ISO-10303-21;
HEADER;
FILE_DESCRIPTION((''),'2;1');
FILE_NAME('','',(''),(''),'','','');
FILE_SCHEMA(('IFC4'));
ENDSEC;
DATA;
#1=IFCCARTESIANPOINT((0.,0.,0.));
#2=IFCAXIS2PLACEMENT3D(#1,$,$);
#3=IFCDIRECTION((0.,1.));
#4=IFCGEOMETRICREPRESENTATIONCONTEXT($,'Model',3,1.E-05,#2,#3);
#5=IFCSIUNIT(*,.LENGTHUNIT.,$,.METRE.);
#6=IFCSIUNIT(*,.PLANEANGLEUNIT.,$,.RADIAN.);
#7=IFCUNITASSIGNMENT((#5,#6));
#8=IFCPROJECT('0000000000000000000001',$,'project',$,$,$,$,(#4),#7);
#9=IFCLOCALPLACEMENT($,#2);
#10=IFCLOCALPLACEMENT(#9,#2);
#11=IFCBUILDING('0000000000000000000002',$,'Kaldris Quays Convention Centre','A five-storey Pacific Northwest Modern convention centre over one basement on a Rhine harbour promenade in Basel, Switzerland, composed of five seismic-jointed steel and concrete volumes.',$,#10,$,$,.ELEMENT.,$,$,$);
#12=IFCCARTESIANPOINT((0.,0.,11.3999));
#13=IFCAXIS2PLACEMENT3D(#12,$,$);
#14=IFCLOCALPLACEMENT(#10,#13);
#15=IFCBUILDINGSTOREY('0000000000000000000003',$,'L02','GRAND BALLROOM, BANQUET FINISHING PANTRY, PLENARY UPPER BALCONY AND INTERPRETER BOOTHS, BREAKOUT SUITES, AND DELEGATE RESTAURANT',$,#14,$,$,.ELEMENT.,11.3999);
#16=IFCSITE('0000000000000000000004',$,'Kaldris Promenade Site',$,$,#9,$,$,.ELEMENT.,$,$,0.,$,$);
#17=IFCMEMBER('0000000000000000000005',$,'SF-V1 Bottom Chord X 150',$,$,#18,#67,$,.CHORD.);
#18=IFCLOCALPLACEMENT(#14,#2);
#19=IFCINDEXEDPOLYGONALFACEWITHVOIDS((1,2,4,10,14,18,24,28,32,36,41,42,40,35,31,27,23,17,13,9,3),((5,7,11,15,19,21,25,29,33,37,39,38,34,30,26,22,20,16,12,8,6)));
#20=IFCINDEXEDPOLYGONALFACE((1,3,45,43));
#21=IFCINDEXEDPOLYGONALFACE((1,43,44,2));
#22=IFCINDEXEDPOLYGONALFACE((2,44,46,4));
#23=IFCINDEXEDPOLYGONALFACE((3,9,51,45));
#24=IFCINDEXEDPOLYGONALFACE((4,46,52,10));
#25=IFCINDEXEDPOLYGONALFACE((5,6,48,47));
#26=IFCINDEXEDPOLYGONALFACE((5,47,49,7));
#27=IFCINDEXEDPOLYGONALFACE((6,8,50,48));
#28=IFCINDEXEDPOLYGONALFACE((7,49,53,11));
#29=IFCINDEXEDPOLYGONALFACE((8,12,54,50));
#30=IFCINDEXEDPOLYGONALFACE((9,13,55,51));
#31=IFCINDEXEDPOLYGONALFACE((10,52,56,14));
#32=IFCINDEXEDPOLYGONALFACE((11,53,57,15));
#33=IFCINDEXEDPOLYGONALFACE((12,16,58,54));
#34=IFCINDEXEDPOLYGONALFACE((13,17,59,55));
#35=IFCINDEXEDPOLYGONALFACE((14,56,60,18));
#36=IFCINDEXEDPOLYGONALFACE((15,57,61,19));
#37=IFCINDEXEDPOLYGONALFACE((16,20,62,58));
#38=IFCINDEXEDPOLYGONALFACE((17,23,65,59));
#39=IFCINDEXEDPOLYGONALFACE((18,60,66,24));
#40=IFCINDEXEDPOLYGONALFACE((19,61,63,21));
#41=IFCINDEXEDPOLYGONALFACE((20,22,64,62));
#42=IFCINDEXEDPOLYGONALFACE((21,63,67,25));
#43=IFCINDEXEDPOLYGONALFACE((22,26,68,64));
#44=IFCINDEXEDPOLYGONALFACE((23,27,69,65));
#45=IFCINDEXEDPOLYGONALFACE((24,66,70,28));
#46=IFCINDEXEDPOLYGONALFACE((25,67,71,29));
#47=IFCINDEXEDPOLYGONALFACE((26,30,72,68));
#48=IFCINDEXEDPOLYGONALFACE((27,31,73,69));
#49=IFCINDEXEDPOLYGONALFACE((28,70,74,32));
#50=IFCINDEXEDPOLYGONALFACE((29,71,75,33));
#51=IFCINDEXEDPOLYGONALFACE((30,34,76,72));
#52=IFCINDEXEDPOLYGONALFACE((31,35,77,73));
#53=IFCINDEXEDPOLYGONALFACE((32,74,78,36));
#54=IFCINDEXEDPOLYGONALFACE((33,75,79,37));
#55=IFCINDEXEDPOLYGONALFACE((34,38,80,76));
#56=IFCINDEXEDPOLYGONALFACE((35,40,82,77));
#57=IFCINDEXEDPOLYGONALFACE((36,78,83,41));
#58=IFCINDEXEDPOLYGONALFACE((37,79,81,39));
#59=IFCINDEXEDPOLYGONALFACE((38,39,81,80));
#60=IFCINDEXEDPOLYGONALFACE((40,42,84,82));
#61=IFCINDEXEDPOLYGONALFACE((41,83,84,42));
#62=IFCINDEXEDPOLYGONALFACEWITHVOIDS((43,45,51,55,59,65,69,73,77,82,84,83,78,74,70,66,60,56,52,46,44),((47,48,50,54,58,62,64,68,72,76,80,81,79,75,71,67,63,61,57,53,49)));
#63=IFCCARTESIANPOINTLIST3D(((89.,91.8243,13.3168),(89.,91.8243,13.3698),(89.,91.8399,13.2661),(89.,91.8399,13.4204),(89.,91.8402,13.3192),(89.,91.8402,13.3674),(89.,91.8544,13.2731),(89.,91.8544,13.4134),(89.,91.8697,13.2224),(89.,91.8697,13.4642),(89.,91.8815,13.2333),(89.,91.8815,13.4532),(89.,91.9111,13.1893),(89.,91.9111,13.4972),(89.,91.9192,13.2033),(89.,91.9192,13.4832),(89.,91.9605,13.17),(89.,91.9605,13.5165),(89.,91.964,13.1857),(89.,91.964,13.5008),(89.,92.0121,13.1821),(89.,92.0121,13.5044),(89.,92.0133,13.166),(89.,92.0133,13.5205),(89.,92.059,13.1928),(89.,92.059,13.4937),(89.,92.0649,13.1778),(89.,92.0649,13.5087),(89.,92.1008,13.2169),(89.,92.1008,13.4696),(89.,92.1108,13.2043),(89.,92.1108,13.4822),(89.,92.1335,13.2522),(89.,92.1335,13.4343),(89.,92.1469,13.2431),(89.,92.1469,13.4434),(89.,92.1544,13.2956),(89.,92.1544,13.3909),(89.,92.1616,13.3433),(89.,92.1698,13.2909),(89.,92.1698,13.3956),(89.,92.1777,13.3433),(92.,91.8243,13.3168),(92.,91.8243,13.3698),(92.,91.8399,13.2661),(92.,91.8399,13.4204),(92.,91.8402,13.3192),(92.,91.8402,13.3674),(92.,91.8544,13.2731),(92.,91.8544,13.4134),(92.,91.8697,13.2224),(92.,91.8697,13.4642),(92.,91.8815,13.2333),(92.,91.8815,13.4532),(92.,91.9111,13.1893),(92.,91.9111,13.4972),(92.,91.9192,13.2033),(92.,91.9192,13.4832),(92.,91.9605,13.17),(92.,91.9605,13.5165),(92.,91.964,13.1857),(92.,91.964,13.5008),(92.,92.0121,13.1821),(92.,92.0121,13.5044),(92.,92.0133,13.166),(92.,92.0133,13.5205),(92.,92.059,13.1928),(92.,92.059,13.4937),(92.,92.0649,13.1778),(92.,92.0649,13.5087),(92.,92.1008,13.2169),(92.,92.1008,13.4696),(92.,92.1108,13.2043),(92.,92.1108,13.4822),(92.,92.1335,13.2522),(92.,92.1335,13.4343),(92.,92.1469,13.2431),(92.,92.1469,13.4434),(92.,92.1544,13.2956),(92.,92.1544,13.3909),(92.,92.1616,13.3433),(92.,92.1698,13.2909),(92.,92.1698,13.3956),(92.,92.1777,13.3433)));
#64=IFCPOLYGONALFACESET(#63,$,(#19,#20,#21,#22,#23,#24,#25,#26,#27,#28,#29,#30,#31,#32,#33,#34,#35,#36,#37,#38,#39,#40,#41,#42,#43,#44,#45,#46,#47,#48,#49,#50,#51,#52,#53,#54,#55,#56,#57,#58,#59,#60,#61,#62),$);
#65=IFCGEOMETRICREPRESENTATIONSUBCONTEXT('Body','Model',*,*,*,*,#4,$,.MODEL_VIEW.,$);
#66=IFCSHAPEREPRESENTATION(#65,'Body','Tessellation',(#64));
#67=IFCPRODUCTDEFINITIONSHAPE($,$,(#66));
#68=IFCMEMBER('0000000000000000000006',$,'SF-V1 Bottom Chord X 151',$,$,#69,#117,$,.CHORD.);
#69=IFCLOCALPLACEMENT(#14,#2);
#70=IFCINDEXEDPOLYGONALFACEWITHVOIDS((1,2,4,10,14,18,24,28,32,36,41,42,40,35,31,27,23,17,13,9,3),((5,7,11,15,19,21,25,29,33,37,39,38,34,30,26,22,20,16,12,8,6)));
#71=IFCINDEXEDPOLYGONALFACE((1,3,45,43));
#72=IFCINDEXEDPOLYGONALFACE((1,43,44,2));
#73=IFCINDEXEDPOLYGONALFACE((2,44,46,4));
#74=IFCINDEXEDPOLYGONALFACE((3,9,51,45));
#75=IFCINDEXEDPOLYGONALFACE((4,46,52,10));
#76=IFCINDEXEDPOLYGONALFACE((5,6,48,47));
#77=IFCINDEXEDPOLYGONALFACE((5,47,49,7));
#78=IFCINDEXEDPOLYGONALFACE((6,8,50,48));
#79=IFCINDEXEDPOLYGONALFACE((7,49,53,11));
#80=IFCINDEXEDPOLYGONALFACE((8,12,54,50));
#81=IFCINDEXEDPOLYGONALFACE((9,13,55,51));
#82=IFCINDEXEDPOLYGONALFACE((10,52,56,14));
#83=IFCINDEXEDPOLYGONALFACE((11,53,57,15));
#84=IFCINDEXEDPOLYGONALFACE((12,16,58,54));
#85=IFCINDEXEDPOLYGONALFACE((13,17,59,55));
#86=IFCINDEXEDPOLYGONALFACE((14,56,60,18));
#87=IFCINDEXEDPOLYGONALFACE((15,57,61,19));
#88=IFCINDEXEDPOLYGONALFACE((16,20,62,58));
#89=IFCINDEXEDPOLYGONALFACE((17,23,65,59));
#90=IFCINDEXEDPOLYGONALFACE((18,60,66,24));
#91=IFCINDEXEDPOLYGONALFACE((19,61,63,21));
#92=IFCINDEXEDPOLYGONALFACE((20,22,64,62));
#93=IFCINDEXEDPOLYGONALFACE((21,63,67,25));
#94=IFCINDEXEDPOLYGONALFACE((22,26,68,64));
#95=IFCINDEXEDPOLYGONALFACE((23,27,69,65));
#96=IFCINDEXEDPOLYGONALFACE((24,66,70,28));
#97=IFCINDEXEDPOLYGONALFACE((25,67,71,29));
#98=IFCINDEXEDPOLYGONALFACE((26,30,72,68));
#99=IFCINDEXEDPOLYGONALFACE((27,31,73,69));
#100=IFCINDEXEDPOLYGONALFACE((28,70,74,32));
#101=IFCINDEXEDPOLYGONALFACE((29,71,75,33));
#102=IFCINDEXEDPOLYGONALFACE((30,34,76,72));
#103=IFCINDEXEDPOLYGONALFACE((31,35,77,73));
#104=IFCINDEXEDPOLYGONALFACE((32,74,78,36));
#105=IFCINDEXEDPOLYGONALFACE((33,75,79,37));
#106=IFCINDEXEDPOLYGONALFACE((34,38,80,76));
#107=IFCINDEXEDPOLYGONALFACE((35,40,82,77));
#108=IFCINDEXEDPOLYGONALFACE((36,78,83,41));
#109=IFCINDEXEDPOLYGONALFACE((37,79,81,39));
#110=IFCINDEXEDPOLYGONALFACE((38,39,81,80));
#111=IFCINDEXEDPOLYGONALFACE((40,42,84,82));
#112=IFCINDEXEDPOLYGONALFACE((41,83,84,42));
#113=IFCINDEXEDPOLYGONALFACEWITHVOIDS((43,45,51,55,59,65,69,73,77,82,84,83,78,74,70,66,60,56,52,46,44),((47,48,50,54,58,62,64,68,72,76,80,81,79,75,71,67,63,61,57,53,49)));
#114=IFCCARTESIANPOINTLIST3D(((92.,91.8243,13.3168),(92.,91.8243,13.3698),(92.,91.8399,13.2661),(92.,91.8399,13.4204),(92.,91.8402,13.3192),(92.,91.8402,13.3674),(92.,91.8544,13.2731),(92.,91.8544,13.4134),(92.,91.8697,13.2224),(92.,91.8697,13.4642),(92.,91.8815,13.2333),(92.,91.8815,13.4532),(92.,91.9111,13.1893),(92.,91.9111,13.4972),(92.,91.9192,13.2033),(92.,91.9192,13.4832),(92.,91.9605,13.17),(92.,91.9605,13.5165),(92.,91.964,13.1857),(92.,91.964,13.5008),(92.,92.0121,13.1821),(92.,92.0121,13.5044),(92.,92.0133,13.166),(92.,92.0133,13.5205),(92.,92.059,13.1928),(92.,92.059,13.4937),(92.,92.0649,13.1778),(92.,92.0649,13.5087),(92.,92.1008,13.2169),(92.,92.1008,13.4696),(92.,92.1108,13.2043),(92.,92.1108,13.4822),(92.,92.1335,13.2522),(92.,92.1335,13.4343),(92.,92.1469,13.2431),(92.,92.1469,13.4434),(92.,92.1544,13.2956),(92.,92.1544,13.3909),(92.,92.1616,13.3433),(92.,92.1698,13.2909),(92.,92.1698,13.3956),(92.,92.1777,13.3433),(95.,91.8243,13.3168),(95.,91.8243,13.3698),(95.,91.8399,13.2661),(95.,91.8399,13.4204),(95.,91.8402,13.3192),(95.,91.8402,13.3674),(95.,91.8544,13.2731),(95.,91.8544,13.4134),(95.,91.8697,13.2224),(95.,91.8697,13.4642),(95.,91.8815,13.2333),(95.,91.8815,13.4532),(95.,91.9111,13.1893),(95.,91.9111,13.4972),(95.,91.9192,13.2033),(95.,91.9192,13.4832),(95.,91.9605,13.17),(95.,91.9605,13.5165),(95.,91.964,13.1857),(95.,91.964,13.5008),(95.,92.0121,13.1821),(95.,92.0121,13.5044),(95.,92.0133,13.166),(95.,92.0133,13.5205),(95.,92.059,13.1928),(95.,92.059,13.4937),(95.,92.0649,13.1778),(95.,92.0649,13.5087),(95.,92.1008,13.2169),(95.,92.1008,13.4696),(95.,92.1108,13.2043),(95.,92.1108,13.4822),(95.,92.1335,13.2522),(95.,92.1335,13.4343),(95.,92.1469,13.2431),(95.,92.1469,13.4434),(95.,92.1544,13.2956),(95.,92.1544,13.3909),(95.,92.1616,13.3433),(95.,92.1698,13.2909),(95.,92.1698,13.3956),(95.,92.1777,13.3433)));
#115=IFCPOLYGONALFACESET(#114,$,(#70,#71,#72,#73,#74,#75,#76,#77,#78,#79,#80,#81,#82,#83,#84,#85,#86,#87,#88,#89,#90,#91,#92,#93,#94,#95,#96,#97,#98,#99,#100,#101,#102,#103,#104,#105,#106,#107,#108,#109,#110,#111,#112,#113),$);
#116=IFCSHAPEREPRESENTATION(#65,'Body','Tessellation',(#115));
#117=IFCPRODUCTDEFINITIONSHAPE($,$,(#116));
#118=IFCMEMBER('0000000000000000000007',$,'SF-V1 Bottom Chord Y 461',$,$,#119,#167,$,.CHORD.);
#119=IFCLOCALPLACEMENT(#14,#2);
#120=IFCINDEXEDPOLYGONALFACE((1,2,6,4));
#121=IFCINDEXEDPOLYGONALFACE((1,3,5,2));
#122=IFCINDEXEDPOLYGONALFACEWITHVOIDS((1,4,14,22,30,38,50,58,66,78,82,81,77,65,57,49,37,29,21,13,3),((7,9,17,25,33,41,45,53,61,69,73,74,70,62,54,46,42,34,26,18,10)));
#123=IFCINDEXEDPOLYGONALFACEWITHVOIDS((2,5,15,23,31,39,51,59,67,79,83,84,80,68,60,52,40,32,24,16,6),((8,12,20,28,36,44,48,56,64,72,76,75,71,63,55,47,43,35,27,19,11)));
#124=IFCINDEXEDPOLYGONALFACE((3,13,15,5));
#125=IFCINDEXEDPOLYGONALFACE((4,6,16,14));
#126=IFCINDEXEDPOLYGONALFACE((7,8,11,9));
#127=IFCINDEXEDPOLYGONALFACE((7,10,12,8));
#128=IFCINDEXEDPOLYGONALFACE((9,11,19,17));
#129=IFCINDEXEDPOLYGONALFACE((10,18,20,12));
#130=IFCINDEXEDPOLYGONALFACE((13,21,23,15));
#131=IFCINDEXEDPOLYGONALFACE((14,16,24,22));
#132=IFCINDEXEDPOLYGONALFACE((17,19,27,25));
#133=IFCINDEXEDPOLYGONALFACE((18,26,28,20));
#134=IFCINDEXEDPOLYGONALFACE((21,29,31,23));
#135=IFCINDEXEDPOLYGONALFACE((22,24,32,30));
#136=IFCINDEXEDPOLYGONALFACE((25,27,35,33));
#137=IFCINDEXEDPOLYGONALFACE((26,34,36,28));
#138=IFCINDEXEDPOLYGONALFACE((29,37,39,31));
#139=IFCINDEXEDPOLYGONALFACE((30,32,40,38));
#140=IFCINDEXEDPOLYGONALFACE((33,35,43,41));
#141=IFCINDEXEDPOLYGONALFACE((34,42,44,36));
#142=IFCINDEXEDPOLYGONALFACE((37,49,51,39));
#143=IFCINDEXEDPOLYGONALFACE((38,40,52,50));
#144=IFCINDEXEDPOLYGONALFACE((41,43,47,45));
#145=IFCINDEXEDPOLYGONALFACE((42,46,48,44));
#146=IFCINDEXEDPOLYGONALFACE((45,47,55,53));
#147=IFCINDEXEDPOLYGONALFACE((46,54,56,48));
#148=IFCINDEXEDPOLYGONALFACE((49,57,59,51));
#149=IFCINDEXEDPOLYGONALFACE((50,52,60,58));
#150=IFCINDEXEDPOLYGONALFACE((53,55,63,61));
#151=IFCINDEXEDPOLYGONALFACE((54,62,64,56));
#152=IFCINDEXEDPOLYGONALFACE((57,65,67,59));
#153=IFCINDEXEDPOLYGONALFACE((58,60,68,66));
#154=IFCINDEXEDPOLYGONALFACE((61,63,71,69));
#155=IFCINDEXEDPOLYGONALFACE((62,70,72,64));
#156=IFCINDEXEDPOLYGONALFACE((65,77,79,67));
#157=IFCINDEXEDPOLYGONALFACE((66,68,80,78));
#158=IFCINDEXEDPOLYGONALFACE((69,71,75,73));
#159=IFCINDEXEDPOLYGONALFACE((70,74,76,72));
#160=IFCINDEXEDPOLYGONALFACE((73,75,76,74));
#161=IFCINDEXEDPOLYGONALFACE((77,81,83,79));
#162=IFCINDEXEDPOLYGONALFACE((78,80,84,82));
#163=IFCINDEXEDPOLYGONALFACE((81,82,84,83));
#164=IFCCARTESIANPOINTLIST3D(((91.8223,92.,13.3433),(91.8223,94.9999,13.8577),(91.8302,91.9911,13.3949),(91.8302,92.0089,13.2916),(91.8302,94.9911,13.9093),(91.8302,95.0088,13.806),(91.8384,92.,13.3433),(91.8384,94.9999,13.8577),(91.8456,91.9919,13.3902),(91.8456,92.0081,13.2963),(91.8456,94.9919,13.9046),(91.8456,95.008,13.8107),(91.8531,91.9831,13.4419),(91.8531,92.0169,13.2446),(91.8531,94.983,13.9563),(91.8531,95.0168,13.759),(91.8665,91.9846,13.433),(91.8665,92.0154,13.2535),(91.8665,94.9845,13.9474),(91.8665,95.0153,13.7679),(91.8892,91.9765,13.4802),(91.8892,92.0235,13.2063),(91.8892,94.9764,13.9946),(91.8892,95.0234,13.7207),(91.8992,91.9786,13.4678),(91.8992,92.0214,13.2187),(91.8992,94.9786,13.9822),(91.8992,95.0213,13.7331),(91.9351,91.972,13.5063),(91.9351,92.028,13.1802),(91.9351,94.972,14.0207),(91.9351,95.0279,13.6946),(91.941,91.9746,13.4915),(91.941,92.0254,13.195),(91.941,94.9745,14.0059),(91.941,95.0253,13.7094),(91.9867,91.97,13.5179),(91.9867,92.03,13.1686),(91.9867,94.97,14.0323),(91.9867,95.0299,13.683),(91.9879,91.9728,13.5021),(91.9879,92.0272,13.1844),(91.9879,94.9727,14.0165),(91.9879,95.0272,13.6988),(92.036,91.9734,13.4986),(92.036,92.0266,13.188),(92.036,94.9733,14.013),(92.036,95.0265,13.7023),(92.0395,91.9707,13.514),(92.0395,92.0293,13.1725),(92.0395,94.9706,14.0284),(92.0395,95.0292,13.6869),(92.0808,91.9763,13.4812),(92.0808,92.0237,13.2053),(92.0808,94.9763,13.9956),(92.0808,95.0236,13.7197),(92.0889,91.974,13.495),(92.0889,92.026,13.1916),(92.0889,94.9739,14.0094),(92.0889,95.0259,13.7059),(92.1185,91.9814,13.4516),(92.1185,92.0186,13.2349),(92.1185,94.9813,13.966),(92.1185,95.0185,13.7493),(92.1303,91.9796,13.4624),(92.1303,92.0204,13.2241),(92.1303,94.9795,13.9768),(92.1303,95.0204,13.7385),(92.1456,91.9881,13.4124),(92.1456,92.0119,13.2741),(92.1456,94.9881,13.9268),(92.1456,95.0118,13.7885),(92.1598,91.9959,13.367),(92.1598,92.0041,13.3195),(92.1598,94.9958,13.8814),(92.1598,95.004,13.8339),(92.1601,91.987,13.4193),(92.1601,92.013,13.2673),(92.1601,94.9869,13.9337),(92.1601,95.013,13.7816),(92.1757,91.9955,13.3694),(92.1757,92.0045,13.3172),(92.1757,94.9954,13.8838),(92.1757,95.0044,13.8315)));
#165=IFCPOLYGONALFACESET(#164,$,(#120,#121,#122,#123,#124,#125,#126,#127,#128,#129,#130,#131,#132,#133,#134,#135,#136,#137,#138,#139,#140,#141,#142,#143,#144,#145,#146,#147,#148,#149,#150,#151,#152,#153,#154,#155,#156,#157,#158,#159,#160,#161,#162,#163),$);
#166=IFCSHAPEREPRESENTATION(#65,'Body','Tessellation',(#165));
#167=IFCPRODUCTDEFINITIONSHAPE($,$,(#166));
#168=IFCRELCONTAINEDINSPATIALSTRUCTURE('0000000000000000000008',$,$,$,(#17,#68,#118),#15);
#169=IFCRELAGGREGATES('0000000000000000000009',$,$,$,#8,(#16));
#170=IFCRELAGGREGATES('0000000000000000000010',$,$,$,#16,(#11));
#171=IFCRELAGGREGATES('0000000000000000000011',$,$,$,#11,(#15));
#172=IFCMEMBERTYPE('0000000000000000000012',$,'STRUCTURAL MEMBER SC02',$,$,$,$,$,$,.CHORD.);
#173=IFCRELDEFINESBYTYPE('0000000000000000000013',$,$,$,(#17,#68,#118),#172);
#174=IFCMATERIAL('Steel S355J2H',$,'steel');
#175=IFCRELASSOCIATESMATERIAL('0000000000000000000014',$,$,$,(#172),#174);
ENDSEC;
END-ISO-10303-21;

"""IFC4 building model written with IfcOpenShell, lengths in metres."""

from ifc_helpers import new_model, si_unit, direction, frame, origin, origin_2d, place, context, subcontext, project, spatial, hollow_circle, extrude, material, material_profile, profile_set, type_object, element, save


model = new_model("IFC4")

# Units and contexts
model_context = context("Model", 3, precision=1e-05, world=origin(), true_north=direction((0.0, 1.0)))
body_context = subcontext(model_context, "Body", "Model", "MODEL_VIEW")
ifc_project = project(units=[si_unit("LENGTHUNIT", "METRE"), si_unit("PLANEANGLEUNIT", "RADIAN")], contexts=[model_context])

# Site, building, storey
site_placement = place(None, origin())
site = spatial("IfcSite", under=ifc_project, at=site_placement, Name="Kaldris Promenade Site", CompositionType="ELEMENT", RefElevation=0.0)
building_placement = place(site_placement, origin())
building = spatial("IfcBuilding", under=site, at=building_placement, Name="Kaldris Quays Convention Centre", Description="A five-storey Pacific Northwest Modern convention centre over one basement on a Rhine harbour promenade in Basel, Switzerland, composed of five seismic-jointed steel and concrete volumes.", CompositionType="ELEMENT")
storey_placement = place(building_placement, frame((0.0, 0.0, 11.3999)))
storey = spatial("IfcBuildingStorey", under=building, at=storey_placement, Name="L02", Description="GRAND BALLROOM, BANQUET FINISHING PANTRY, PLENARY UPPER BALCONY AND INTERPRETER BOOTHS, BREAKOUT SUITES, AND DELEGATE RESTAURANT", CompositionType="ELEMENT", Elevation=11.3999)

# Members
ifc_material_1 = material(Name="Steel S355J2H", Category="steel")
ifc_material_profile_1 = material_profile(ifc_material_1, hollow_circle(Radius=0.1777, WallThickness=0.0161, at=origin_2d()), Name="CHS 355.6x16")
ifc_profile_set_1 = profile_set([ifc_material_profile_1], Name="Steel S355J2H")
member_type_1 = type_object("IfcMemberType", Name="STRUCTURAL MEMBER SC02", PredefinedType="CHORD", material=ifc_profile_set_1)
for number, where, z_axis, x_axis, name in (
    (1, (89.0, 92.0, 13.3433), (1.0, 0.0, 0.0), (0.0, 1.0, 0.0), "SF-V1 Bottom Chord X 150"),
    (2, (92.0, 92.0, 13.3433), (1.0, 0.0, 0.0), (0.0, 1.0, 0.0), "SF-V1 Bottom Chord X 151"),
):
    element("IfcMember", number, at=place(storey_placement, frame(where, z_axis=z_axis, x_axis=x_axis)), inside=storey, type_object=member_type_1, Name=name, PredefinedType="CHORD", context=body_context, shape_type="SweptSolid", body=[
        extrude(hollow_circle(Radius=0.1777, WallThickness=0.0161, at=origin_2d()), origin(), (0.0, 0.0, 1.0), 3.0),
    ])
for number, where, z_axis, x_axis, name in (
    (3, (92.0, 92.0, 13.3433), (0.0, 0.985616, 0.169002), (-1.0, 0.0, 0.0), "SF-V1 Bottom Chord Y 461"),
):
    element("IfcMember", number, at=place(storey_placement, frame(where, z_axis=z_axis, x_axis=x_axis)), inside=storey, type_object=member_type_1, Name=name, PredefinedType="CHORD", context=body_context, shape_type="SweptSolid", body=[
        extrude(hollow_circle(Radius=0.1777, WallThickness=0.0161, at=origin_2d()), origin(), (0.0, 0.0, 1.0), 3.0437),
    ])

save(model, "model.ifc")
